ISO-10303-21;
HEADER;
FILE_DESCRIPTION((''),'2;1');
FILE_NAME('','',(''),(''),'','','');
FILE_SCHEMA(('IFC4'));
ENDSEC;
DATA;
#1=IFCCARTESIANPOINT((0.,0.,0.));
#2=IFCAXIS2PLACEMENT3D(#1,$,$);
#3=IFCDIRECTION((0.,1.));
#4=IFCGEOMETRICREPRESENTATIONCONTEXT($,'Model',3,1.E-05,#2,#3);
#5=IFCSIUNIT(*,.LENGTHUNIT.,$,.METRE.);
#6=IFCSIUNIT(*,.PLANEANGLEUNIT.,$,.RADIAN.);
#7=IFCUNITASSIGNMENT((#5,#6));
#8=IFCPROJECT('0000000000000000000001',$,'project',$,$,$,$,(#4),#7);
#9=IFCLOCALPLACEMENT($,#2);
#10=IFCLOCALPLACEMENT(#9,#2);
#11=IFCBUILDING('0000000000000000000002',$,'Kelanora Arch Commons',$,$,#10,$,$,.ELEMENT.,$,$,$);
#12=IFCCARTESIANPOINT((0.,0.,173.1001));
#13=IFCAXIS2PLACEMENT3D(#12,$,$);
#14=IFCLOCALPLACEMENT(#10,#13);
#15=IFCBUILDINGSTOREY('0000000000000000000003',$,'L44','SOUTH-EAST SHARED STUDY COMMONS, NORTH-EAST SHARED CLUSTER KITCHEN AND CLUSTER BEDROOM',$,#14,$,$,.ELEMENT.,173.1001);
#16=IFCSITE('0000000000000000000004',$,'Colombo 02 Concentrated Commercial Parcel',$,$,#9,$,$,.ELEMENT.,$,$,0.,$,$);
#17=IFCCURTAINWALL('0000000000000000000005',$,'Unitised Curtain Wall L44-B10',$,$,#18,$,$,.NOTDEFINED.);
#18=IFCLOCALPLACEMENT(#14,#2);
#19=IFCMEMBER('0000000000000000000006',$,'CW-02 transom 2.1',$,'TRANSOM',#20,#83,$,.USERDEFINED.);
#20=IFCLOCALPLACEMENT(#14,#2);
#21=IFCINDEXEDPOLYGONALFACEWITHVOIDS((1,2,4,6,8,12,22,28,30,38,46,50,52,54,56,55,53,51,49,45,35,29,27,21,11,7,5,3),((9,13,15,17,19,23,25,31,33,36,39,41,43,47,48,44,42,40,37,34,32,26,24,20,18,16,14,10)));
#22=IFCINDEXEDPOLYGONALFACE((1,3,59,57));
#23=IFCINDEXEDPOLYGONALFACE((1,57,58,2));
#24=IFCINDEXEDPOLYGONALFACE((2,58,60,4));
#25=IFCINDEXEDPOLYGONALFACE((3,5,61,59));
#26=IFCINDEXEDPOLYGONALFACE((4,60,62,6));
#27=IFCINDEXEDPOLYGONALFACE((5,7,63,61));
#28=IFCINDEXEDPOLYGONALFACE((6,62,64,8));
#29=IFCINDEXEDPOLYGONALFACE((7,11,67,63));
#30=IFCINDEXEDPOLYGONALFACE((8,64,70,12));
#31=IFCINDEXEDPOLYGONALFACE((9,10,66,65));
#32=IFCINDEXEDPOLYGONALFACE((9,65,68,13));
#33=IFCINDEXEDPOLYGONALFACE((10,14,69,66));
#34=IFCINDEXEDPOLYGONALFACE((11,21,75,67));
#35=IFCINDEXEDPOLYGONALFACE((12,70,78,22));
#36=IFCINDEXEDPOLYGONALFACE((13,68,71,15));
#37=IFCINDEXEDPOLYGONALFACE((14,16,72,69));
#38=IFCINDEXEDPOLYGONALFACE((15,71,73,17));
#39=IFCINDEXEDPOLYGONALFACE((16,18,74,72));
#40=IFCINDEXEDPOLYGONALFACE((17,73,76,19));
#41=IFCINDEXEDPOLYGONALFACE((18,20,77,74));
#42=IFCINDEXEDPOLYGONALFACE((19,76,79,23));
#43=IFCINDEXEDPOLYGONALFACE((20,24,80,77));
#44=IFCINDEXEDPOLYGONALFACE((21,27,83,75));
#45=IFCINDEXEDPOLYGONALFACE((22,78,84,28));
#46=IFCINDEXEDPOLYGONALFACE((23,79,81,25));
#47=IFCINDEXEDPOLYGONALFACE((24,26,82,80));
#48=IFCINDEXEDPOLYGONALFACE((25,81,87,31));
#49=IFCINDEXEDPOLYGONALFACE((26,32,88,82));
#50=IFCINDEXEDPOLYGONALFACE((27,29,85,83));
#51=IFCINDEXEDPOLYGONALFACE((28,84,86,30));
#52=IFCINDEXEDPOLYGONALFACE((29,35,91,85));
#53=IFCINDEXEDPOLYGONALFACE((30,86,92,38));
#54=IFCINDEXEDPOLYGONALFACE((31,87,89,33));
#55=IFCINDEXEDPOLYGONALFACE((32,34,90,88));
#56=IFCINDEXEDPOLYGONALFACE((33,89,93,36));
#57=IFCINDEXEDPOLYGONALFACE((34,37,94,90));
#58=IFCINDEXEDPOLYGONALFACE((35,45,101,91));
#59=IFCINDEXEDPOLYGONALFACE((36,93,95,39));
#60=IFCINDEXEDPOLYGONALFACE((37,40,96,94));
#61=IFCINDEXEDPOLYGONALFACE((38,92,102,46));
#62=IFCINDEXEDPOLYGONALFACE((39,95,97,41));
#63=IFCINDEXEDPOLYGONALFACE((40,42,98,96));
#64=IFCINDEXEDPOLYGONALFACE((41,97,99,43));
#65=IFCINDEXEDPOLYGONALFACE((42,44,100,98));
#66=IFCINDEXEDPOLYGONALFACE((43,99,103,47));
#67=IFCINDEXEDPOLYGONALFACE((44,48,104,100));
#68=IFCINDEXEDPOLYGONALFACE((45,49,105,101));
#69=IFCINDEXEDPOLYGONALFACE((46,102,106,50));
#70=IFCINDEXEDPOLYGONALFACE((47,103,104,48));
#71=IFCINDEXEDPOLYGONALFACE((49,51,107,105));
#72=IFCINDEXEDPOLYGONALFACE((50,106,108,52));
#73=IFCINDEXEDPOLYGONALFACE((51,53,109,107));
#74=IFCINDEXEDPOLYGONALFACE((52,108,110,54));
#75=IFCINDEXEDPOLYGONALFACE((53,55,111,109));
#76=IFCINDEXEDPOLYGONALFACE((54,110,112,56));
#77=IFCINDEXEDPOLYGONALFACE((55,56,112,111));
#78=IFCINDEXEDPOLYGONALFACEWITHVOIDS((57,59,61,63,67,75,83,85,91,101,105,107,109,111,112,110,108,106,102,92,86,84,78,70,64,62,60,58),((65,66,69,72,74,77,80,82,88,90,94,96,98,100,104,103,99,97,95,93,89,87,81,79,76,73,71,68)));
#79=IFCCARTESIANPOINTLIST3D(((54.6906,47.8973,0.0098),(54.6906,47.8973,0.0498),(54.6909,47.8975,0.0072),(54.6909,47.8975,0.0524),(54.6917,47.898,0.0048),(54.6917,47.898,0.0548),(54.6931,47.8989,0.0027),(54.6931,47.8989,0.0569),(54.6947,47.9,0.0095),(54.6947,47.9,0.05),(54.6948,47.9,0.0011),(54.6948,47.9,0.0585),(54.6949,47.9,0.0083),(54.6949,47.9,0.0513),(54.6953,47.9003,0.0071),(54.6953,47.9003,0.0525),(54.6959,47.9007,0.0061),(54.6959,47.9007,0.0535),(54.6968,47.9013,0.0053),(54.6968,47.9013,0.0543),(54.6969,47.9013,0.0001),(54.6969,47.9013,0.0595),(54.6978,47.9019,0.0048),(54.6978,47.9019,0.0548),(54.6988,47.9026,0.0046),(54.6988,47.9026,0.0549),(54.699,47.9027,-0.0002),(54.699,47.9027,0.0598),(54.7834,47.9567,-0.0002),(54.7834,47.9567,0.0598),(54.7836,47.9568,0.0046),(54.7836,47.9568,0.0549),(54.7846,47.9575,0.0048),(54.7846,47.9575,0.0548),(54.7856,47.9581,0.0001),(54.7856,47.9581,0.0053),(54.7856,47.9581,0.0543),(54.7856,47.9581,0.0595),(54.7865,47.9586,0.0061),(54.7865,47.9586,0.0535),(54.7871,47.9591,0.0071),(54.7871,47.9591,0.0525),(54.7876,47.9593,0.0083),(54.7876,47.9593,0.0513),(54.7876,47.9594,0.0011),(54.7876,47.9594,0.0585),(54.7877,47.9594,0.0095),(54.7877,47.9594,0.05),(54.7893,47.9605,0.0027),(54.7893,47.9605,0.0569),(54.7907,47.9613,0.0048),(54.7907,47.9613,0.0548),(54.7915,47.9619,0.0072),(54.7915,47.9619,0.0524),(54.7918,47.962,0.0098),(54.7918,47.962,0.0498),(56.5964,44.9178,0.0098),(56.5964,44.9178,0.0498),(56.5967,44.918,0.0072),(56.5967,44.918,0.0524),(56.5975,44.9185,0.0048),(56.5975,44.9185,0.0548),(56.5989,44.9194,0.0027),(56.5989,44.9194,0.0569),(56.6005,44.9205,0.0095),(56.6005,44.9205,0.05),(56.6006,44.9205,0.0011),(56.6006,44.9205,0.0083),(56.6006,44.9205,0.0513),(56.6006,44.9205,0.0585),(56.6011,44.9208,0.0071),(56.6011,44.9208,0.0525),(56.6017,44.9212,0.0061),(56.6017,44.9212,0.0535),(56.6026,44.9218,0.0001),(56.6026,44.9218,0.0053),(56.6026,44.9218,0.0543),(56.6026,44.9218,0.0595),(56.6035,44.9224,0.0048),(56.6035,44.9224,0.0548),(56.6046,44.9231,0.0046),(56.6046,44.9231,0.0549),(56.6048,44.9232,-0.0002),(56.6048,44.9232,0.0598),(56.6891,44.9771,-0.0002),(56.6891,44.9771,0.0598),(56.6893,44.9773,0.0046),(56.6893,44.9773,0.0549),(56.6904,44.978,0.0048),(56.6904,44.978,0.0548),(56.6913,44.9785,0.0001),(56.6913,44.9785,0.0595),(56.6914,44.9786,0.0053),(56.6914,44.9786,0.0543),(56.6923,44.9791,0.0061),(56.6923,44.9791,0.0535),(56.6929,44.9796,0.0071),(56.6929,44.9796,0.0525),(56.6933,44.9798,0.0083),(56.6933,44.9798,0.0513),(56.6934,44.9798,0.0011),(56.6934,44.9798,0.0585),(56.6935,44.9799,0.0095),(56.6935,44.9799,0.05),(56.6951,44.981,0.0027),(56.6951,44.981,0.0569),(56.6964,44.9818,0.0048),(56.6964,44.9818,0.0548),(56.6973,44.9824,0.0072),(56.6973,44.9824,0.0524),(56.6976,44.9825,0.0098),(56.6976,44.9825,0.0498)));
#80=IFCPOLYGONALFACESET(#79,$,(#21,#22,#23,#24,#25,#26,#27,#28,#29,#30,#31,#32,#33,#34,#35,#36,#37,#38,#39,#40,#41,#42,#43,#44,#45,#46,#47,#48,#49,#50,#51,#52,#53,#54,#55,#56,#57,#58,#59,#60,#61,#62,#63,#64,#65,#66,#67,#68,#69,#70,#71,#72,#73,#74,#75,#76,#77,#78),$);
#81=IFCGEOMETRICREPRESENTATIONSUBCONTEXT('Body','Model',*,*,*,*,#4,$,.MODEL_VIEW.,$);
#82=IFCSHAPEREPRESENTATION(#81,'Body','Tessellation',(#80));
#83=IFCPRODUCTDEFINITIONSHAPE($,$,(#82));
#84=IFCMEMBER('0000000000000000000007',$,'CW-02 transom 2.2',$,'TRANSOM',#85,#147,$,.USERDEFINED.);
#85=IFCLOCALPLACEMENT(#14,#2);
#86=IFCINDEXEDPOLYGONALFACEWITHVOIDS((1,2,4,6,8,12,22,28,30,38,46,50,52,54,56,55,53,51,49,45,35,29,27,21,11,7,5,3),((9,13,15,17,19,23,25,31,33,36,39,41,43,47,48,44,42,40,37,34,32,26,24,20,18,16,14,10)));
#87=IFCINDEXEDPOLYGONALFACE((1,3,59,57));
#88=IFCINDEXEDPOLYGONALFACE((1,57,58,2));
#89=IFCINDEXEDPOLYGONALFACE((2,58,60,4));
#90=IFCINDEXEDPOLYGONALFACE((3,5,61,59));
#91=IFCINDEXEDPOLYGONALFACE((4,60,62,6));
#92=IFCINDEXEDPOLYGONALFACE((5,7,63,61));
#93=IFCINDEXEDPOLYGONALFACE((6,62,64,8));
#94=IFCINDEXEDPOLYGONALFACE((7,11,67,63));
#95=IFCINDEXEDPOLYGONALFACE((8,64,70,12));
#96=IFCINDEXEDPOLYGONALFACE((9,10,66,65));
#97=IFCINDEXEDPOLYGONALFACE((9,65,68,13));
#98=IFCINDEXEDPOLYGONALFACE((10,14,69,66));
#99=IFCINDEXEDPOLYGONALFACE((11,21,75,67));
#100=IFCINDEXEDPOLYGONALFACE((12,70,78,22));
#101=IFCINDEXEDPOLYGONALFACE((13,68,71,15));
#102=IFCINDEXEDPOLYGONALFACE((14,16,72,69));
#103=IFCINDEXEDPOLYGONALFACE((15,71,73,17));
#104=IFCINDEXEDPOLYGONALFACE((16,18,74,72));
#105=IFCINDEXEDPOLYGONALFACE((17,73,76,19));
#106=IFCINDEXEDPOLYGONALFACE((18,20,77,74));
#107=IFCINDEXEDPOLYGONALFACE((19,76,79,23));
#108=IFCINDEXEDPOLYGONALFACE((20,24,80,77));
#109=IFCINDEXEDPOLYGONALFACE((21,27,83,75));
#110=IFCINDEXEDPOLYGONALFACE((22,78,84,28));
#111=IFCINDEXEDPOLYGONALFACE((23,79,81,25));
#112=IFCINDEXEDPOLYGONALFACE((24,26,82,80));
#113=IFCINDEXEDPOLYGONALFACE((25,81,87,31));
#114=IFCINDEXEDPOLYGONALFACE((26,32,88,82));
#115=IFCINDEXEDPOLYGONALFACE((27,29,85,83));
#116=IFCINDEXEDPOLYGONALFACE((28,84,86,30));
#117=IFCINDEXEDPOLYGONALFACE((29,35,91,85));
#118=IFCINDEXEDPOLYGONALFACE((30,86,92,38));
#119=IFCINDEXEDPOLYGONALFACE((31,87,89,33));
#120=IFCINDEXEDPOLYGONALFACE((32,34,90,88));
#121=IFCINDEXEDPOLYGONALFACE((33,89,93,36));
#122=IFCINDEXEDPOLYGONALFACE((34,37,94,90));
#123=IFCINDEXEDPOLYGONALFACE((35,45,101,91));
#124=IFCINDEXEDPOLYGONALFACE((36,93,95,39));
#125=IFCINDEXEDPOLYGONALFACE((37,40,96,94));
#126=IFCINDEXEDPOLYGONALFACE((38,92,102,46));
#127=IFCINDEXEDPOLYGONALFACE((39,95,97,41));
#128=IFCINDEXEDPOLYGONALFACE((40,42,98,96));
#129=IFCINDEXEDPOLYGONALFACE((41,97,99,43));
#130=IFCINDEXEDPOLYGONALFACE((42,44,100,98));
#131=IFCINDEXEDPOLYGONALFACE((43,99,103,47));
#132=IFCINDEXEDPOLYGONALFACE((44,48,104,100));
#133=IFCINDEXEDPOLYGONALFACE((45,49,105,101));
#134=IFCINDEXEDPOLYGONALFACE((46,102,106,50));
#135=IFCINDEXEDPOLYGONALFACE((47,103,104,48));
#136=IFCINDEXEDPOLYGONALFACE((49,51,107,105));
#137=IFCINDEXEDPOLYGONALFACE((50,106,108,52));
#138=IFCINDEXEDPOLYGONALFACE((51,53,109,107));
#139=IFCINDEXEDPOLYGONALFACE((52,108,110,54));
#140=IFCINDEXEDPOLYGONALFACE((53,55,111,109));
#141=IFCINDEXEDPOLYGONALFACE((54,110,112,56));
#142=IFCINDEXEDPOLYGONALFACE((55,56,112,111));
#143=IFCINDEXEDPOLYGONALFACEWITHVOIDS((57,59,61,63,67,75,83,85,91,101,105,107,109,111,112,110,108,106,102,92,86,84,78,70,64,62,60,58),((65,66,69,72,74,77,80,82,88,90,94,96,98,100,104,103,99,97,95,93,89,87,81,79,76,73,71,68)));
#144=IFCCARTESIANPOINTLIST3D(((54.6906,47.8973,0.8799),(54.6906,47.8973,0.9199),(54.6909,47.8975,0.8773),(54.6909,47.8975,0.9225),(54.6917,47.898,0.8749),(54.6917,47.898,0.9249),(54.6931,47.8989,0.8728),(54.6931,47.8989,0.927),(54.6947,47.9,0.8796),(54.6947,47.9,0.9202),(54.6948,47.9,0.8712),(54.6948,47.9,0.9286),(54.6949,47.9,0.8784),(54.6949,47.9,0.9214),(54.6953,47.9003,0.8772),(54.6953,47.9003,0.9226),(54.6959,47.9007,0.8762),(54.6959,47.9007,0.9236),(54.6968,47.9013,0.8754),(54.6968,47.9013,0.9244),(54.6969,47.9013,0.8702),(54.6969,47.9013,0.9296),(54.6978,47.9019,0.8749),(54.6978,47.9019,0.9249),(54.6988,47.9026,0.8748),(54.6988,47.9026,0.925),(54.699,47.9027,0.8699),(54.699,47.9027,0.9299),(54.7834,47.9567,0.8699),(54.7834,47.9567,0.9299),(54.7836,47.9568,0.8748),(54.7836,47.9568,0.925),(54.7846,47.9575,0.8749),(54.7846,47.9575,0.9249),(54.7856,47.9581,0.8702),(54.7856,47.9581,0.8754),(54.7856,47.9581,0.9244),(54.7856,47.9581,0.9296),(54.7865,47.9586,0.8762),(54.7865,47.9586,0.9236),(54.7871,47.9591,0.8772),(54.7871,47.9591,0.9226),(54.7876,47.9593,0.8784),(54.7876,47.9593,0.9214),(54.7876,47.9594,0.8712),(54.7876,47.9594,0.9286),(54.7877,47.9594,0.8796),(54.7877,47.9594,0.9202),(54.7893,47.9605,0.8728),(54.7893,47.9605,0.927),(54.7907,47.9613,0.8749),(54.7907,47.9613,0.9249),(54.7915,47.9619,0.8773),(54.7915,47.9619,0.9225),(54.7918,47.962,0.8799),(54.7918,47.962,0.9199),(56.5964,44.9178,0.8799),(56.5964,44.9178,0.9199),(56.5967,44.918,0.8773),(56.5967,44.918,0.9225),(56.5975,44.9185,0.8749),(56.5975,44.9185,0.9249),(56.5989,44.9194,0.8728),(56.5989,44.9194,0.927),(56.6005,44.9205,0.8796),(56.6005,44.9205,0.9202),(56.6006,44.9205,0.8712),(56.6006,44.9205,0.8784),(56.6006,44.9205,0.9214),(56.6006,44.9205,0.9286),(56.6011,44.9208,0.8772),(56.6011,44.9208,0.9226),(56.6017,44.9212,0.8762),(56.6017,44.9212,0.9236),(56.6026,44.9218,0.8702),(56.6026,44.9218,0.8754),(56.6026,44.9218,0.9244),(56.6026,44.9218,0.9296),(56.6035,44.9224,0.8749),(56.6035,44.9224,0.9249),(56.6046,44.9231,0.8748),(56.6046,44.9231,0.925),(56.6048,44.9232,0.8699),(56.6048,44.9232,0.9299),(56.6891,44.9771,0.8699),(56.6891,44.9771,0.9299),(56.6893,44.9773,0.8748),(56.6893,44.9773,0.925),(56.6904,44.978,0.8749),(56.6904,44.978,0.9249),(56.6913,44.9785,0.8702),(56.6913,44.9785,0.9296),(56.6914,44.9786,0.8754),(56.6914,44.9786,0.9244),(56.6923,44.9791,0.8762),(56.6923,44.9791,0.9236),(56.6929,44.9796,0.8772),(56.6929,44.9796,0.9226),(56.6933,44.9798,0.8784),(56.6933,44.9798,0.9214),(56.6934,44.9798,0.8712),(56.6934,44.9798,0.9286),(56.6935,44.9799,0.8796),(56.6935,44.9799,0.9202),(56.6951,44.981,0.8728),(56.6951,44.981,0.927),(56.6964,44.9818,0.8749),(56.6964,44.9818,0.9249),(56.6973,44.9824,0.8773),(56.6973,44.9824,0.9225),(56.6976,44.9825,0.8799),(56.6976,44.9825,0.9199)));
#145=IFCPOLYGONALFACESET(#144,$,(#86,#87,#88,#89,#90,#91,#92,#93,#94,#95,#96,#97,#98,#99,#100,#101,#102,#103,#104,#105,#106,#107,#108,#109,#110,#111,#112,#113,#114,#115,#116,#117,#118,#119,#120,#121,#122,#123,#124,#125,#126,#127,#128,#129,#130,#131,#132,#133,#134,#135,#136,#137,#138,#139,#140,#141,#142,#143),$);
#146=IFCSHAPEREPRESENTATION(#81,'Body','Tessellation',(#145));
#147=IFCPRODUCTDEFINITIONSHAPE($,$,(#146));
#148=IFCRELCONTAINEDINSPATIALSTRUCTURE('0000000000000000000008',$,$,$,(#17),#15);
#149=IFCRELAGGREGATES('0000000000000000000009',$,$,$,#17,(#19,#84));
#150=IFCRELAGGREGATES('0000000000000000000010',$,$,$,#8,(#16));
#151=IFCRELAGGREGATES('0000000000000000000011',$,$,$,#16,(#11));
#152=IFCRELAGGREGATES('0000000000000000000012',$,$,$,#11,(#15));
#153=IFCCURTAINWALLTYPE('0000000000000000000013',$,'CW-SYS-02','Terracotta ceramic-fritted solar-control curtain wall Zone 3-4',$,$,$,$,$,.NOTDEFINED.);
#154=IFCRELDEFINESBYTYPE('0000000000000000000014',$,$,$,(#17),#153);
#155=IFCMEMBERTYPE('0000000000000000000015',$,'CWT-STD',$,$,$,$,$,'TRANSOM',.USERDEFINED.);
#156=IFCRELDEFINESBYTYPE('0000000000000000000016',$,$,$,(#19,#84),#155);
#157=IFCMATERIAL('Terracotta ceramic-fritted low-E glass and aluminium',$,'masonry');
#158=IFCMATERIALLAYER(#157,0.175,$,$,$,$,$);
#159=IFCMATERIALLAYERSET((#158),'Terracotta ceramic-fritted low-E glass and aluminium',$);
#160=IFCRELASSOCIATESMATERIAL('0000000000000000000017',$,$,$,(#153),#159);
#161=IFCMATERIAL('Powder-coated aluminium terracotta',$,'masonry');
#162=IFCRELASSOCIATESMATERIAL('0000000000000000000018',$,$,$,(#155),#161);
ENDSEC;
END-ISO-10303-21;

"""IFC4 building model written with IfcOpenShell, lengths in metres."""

from ifc_helpers import new_model, si_unit, direction, frame, origin, origin_2d, place, context, subcontext, project, spatial, hollow_rectangle, extrude, material, layer, layer_set, material_profile, profile_set, type_object, element, aggregate, save


model = new_model("IFC4")

# Units and contexts
model_context = context("Model", 3, precision=1e-05, world=origin(), true_north=direction((0.0, 1.0)))
body_context = subcontext(model_context, "Body", "Model", "MODEL_VIEW")
ifc_project = project(units=[si_unit("LENGTHUNIT", "METRE"), si_unit("PLANEANGLEUNIT", "RADIAN")], contexts=[model_context])

# Site, building, storey
site_placement = place(None, origin())
site = spatial("IfcSite", under=ifc_project, at=site_placement, Name="Colombo 02 Concentrated Commercial Parcel", CompositionType="ELEMENT", RefElevation=0.0)
building_placement = place(site_placement, origin())
building = spatial("IfcBuilding", under=site, at=building_placement, Name="Kelanora Arch Commons", CompositionType="ELEMENT")
storey_placement = place(building_placement, frame((0.0, 0.0, 173.1001)))
storey = spatial("IfcBuildingStorey", under=building, at=storey_placement, Name="L44", Description="SOUTH-EAST SHARED STUDY COMMONS, NORTH-EAST SHARED CLUSTER KITCHEN AND CLUSTER BEDROOM", CompositionType="ELEMENT", Elevation=173.1001)

# Shared definitions
ifc_material_1 = material(Name="Terracotta ceramic-fritted low-E glass and aluminium", Category="masonry")
ifc_layer_1 = layer(ifc_material_1, 0.175)
ifc_layer_set_1 = layer_set([ifc_layer_1], Name="Terracotta ceramic-fritted low-E glass and aluminium")
curtain_wall_type = type_object("IfcCurtainWallType", Name="CW-SYS-02", Description="Terracotta ceramic-fritted solar-control curtain wall Zone 3-4", PredefinedType="NOTDEFINED", material=ifc_layer_set_1)
ifc_material_2 = material(Name="Powder-coated aluminium terracotta", Category="masonry")

# Curtain wall, members
curtain_wall_1_placement = place(storey_placement, origin())
curtain_wall_1 = element("IfcCurtainWall", 1, at=curtain_wall_1_placement, inside=storey, type_object=curtain_wall_type, Name="Unitised Curtain Wall L44-B10", PredefinedType="NOTDEFINED")
ifc_material_profile_1 = material_profile(ifc_material_2, hollow_rectangle(XDim=0.1201, YDim=0.0601, WallThickness=0.0049, InnerFilletRadius=0.0049, OuterFilletRadius=0.01, at=origin_2d()), Name="CWT120x60")
ifc_profile_set_1 = profile_set([ifc_material_profile_1], Name="Powder-coated aluminium terracotta")
member_type_1 = type_object("IfcMemberType", Name="CWT-STD", ElementType="TRANSOM", PredefinedType="USERDEFINED", material=ifc_profile_set_1)
member_1_placement = place(storey_placement, frame((54.7412, 47.9297, 0.0298), z_axis=(0.53883, -0.842414, 0.0), x_axis=(0.842414, 0.53883, 0.0)))
member_1 = element("IfcMember", 2, at=member_1_placement, type_object=member_type_1, Name="CW-02 transom 2.1", ObjectType="TRANSOM", PredefinedType="USERDEFINED", context=body_context, shape_type="SweptSolid", body=[
    extrude(hollow_rectangle(XDim=0.1201, YDim=0.0601, WallThickness=0.0049, InnerFilletRadius=0.0049, OuterFilletRadius=0.01, at=origin_2d()), origin(), (0.0, 0.0, 1.0), 3.5369),
])
member_2_placement = place(storey_placement, frame((54.7412, 47.9297, 0.8999), z_axis=(0.53883, -0.842414, 0.0), x_axis=(0.842414, 0.53883, 0.0)))
member_2 = element("IfcMember", 3, at=member_2_placement, type_object=member_type_1, Name="CW-02 transom 2.2", ObjectType="TRANSOM", PredefinedType="USERDEFINED", context=body_context, shape_type="SweptSolid", body=[
    extrude(hollow_rectangle(XDim=0.1201, YDim=0.0601, WallThickness=0.0049, InnerFilletRadius=0.0049, OuterFilletRadius=0.01, at=origin_2d()), origin(), (0.0, 0.0, 1.0), 3.5369),
])

aggregate(curtain_wall_1, [member_1, member_2])

save(model, "model.ifc")
